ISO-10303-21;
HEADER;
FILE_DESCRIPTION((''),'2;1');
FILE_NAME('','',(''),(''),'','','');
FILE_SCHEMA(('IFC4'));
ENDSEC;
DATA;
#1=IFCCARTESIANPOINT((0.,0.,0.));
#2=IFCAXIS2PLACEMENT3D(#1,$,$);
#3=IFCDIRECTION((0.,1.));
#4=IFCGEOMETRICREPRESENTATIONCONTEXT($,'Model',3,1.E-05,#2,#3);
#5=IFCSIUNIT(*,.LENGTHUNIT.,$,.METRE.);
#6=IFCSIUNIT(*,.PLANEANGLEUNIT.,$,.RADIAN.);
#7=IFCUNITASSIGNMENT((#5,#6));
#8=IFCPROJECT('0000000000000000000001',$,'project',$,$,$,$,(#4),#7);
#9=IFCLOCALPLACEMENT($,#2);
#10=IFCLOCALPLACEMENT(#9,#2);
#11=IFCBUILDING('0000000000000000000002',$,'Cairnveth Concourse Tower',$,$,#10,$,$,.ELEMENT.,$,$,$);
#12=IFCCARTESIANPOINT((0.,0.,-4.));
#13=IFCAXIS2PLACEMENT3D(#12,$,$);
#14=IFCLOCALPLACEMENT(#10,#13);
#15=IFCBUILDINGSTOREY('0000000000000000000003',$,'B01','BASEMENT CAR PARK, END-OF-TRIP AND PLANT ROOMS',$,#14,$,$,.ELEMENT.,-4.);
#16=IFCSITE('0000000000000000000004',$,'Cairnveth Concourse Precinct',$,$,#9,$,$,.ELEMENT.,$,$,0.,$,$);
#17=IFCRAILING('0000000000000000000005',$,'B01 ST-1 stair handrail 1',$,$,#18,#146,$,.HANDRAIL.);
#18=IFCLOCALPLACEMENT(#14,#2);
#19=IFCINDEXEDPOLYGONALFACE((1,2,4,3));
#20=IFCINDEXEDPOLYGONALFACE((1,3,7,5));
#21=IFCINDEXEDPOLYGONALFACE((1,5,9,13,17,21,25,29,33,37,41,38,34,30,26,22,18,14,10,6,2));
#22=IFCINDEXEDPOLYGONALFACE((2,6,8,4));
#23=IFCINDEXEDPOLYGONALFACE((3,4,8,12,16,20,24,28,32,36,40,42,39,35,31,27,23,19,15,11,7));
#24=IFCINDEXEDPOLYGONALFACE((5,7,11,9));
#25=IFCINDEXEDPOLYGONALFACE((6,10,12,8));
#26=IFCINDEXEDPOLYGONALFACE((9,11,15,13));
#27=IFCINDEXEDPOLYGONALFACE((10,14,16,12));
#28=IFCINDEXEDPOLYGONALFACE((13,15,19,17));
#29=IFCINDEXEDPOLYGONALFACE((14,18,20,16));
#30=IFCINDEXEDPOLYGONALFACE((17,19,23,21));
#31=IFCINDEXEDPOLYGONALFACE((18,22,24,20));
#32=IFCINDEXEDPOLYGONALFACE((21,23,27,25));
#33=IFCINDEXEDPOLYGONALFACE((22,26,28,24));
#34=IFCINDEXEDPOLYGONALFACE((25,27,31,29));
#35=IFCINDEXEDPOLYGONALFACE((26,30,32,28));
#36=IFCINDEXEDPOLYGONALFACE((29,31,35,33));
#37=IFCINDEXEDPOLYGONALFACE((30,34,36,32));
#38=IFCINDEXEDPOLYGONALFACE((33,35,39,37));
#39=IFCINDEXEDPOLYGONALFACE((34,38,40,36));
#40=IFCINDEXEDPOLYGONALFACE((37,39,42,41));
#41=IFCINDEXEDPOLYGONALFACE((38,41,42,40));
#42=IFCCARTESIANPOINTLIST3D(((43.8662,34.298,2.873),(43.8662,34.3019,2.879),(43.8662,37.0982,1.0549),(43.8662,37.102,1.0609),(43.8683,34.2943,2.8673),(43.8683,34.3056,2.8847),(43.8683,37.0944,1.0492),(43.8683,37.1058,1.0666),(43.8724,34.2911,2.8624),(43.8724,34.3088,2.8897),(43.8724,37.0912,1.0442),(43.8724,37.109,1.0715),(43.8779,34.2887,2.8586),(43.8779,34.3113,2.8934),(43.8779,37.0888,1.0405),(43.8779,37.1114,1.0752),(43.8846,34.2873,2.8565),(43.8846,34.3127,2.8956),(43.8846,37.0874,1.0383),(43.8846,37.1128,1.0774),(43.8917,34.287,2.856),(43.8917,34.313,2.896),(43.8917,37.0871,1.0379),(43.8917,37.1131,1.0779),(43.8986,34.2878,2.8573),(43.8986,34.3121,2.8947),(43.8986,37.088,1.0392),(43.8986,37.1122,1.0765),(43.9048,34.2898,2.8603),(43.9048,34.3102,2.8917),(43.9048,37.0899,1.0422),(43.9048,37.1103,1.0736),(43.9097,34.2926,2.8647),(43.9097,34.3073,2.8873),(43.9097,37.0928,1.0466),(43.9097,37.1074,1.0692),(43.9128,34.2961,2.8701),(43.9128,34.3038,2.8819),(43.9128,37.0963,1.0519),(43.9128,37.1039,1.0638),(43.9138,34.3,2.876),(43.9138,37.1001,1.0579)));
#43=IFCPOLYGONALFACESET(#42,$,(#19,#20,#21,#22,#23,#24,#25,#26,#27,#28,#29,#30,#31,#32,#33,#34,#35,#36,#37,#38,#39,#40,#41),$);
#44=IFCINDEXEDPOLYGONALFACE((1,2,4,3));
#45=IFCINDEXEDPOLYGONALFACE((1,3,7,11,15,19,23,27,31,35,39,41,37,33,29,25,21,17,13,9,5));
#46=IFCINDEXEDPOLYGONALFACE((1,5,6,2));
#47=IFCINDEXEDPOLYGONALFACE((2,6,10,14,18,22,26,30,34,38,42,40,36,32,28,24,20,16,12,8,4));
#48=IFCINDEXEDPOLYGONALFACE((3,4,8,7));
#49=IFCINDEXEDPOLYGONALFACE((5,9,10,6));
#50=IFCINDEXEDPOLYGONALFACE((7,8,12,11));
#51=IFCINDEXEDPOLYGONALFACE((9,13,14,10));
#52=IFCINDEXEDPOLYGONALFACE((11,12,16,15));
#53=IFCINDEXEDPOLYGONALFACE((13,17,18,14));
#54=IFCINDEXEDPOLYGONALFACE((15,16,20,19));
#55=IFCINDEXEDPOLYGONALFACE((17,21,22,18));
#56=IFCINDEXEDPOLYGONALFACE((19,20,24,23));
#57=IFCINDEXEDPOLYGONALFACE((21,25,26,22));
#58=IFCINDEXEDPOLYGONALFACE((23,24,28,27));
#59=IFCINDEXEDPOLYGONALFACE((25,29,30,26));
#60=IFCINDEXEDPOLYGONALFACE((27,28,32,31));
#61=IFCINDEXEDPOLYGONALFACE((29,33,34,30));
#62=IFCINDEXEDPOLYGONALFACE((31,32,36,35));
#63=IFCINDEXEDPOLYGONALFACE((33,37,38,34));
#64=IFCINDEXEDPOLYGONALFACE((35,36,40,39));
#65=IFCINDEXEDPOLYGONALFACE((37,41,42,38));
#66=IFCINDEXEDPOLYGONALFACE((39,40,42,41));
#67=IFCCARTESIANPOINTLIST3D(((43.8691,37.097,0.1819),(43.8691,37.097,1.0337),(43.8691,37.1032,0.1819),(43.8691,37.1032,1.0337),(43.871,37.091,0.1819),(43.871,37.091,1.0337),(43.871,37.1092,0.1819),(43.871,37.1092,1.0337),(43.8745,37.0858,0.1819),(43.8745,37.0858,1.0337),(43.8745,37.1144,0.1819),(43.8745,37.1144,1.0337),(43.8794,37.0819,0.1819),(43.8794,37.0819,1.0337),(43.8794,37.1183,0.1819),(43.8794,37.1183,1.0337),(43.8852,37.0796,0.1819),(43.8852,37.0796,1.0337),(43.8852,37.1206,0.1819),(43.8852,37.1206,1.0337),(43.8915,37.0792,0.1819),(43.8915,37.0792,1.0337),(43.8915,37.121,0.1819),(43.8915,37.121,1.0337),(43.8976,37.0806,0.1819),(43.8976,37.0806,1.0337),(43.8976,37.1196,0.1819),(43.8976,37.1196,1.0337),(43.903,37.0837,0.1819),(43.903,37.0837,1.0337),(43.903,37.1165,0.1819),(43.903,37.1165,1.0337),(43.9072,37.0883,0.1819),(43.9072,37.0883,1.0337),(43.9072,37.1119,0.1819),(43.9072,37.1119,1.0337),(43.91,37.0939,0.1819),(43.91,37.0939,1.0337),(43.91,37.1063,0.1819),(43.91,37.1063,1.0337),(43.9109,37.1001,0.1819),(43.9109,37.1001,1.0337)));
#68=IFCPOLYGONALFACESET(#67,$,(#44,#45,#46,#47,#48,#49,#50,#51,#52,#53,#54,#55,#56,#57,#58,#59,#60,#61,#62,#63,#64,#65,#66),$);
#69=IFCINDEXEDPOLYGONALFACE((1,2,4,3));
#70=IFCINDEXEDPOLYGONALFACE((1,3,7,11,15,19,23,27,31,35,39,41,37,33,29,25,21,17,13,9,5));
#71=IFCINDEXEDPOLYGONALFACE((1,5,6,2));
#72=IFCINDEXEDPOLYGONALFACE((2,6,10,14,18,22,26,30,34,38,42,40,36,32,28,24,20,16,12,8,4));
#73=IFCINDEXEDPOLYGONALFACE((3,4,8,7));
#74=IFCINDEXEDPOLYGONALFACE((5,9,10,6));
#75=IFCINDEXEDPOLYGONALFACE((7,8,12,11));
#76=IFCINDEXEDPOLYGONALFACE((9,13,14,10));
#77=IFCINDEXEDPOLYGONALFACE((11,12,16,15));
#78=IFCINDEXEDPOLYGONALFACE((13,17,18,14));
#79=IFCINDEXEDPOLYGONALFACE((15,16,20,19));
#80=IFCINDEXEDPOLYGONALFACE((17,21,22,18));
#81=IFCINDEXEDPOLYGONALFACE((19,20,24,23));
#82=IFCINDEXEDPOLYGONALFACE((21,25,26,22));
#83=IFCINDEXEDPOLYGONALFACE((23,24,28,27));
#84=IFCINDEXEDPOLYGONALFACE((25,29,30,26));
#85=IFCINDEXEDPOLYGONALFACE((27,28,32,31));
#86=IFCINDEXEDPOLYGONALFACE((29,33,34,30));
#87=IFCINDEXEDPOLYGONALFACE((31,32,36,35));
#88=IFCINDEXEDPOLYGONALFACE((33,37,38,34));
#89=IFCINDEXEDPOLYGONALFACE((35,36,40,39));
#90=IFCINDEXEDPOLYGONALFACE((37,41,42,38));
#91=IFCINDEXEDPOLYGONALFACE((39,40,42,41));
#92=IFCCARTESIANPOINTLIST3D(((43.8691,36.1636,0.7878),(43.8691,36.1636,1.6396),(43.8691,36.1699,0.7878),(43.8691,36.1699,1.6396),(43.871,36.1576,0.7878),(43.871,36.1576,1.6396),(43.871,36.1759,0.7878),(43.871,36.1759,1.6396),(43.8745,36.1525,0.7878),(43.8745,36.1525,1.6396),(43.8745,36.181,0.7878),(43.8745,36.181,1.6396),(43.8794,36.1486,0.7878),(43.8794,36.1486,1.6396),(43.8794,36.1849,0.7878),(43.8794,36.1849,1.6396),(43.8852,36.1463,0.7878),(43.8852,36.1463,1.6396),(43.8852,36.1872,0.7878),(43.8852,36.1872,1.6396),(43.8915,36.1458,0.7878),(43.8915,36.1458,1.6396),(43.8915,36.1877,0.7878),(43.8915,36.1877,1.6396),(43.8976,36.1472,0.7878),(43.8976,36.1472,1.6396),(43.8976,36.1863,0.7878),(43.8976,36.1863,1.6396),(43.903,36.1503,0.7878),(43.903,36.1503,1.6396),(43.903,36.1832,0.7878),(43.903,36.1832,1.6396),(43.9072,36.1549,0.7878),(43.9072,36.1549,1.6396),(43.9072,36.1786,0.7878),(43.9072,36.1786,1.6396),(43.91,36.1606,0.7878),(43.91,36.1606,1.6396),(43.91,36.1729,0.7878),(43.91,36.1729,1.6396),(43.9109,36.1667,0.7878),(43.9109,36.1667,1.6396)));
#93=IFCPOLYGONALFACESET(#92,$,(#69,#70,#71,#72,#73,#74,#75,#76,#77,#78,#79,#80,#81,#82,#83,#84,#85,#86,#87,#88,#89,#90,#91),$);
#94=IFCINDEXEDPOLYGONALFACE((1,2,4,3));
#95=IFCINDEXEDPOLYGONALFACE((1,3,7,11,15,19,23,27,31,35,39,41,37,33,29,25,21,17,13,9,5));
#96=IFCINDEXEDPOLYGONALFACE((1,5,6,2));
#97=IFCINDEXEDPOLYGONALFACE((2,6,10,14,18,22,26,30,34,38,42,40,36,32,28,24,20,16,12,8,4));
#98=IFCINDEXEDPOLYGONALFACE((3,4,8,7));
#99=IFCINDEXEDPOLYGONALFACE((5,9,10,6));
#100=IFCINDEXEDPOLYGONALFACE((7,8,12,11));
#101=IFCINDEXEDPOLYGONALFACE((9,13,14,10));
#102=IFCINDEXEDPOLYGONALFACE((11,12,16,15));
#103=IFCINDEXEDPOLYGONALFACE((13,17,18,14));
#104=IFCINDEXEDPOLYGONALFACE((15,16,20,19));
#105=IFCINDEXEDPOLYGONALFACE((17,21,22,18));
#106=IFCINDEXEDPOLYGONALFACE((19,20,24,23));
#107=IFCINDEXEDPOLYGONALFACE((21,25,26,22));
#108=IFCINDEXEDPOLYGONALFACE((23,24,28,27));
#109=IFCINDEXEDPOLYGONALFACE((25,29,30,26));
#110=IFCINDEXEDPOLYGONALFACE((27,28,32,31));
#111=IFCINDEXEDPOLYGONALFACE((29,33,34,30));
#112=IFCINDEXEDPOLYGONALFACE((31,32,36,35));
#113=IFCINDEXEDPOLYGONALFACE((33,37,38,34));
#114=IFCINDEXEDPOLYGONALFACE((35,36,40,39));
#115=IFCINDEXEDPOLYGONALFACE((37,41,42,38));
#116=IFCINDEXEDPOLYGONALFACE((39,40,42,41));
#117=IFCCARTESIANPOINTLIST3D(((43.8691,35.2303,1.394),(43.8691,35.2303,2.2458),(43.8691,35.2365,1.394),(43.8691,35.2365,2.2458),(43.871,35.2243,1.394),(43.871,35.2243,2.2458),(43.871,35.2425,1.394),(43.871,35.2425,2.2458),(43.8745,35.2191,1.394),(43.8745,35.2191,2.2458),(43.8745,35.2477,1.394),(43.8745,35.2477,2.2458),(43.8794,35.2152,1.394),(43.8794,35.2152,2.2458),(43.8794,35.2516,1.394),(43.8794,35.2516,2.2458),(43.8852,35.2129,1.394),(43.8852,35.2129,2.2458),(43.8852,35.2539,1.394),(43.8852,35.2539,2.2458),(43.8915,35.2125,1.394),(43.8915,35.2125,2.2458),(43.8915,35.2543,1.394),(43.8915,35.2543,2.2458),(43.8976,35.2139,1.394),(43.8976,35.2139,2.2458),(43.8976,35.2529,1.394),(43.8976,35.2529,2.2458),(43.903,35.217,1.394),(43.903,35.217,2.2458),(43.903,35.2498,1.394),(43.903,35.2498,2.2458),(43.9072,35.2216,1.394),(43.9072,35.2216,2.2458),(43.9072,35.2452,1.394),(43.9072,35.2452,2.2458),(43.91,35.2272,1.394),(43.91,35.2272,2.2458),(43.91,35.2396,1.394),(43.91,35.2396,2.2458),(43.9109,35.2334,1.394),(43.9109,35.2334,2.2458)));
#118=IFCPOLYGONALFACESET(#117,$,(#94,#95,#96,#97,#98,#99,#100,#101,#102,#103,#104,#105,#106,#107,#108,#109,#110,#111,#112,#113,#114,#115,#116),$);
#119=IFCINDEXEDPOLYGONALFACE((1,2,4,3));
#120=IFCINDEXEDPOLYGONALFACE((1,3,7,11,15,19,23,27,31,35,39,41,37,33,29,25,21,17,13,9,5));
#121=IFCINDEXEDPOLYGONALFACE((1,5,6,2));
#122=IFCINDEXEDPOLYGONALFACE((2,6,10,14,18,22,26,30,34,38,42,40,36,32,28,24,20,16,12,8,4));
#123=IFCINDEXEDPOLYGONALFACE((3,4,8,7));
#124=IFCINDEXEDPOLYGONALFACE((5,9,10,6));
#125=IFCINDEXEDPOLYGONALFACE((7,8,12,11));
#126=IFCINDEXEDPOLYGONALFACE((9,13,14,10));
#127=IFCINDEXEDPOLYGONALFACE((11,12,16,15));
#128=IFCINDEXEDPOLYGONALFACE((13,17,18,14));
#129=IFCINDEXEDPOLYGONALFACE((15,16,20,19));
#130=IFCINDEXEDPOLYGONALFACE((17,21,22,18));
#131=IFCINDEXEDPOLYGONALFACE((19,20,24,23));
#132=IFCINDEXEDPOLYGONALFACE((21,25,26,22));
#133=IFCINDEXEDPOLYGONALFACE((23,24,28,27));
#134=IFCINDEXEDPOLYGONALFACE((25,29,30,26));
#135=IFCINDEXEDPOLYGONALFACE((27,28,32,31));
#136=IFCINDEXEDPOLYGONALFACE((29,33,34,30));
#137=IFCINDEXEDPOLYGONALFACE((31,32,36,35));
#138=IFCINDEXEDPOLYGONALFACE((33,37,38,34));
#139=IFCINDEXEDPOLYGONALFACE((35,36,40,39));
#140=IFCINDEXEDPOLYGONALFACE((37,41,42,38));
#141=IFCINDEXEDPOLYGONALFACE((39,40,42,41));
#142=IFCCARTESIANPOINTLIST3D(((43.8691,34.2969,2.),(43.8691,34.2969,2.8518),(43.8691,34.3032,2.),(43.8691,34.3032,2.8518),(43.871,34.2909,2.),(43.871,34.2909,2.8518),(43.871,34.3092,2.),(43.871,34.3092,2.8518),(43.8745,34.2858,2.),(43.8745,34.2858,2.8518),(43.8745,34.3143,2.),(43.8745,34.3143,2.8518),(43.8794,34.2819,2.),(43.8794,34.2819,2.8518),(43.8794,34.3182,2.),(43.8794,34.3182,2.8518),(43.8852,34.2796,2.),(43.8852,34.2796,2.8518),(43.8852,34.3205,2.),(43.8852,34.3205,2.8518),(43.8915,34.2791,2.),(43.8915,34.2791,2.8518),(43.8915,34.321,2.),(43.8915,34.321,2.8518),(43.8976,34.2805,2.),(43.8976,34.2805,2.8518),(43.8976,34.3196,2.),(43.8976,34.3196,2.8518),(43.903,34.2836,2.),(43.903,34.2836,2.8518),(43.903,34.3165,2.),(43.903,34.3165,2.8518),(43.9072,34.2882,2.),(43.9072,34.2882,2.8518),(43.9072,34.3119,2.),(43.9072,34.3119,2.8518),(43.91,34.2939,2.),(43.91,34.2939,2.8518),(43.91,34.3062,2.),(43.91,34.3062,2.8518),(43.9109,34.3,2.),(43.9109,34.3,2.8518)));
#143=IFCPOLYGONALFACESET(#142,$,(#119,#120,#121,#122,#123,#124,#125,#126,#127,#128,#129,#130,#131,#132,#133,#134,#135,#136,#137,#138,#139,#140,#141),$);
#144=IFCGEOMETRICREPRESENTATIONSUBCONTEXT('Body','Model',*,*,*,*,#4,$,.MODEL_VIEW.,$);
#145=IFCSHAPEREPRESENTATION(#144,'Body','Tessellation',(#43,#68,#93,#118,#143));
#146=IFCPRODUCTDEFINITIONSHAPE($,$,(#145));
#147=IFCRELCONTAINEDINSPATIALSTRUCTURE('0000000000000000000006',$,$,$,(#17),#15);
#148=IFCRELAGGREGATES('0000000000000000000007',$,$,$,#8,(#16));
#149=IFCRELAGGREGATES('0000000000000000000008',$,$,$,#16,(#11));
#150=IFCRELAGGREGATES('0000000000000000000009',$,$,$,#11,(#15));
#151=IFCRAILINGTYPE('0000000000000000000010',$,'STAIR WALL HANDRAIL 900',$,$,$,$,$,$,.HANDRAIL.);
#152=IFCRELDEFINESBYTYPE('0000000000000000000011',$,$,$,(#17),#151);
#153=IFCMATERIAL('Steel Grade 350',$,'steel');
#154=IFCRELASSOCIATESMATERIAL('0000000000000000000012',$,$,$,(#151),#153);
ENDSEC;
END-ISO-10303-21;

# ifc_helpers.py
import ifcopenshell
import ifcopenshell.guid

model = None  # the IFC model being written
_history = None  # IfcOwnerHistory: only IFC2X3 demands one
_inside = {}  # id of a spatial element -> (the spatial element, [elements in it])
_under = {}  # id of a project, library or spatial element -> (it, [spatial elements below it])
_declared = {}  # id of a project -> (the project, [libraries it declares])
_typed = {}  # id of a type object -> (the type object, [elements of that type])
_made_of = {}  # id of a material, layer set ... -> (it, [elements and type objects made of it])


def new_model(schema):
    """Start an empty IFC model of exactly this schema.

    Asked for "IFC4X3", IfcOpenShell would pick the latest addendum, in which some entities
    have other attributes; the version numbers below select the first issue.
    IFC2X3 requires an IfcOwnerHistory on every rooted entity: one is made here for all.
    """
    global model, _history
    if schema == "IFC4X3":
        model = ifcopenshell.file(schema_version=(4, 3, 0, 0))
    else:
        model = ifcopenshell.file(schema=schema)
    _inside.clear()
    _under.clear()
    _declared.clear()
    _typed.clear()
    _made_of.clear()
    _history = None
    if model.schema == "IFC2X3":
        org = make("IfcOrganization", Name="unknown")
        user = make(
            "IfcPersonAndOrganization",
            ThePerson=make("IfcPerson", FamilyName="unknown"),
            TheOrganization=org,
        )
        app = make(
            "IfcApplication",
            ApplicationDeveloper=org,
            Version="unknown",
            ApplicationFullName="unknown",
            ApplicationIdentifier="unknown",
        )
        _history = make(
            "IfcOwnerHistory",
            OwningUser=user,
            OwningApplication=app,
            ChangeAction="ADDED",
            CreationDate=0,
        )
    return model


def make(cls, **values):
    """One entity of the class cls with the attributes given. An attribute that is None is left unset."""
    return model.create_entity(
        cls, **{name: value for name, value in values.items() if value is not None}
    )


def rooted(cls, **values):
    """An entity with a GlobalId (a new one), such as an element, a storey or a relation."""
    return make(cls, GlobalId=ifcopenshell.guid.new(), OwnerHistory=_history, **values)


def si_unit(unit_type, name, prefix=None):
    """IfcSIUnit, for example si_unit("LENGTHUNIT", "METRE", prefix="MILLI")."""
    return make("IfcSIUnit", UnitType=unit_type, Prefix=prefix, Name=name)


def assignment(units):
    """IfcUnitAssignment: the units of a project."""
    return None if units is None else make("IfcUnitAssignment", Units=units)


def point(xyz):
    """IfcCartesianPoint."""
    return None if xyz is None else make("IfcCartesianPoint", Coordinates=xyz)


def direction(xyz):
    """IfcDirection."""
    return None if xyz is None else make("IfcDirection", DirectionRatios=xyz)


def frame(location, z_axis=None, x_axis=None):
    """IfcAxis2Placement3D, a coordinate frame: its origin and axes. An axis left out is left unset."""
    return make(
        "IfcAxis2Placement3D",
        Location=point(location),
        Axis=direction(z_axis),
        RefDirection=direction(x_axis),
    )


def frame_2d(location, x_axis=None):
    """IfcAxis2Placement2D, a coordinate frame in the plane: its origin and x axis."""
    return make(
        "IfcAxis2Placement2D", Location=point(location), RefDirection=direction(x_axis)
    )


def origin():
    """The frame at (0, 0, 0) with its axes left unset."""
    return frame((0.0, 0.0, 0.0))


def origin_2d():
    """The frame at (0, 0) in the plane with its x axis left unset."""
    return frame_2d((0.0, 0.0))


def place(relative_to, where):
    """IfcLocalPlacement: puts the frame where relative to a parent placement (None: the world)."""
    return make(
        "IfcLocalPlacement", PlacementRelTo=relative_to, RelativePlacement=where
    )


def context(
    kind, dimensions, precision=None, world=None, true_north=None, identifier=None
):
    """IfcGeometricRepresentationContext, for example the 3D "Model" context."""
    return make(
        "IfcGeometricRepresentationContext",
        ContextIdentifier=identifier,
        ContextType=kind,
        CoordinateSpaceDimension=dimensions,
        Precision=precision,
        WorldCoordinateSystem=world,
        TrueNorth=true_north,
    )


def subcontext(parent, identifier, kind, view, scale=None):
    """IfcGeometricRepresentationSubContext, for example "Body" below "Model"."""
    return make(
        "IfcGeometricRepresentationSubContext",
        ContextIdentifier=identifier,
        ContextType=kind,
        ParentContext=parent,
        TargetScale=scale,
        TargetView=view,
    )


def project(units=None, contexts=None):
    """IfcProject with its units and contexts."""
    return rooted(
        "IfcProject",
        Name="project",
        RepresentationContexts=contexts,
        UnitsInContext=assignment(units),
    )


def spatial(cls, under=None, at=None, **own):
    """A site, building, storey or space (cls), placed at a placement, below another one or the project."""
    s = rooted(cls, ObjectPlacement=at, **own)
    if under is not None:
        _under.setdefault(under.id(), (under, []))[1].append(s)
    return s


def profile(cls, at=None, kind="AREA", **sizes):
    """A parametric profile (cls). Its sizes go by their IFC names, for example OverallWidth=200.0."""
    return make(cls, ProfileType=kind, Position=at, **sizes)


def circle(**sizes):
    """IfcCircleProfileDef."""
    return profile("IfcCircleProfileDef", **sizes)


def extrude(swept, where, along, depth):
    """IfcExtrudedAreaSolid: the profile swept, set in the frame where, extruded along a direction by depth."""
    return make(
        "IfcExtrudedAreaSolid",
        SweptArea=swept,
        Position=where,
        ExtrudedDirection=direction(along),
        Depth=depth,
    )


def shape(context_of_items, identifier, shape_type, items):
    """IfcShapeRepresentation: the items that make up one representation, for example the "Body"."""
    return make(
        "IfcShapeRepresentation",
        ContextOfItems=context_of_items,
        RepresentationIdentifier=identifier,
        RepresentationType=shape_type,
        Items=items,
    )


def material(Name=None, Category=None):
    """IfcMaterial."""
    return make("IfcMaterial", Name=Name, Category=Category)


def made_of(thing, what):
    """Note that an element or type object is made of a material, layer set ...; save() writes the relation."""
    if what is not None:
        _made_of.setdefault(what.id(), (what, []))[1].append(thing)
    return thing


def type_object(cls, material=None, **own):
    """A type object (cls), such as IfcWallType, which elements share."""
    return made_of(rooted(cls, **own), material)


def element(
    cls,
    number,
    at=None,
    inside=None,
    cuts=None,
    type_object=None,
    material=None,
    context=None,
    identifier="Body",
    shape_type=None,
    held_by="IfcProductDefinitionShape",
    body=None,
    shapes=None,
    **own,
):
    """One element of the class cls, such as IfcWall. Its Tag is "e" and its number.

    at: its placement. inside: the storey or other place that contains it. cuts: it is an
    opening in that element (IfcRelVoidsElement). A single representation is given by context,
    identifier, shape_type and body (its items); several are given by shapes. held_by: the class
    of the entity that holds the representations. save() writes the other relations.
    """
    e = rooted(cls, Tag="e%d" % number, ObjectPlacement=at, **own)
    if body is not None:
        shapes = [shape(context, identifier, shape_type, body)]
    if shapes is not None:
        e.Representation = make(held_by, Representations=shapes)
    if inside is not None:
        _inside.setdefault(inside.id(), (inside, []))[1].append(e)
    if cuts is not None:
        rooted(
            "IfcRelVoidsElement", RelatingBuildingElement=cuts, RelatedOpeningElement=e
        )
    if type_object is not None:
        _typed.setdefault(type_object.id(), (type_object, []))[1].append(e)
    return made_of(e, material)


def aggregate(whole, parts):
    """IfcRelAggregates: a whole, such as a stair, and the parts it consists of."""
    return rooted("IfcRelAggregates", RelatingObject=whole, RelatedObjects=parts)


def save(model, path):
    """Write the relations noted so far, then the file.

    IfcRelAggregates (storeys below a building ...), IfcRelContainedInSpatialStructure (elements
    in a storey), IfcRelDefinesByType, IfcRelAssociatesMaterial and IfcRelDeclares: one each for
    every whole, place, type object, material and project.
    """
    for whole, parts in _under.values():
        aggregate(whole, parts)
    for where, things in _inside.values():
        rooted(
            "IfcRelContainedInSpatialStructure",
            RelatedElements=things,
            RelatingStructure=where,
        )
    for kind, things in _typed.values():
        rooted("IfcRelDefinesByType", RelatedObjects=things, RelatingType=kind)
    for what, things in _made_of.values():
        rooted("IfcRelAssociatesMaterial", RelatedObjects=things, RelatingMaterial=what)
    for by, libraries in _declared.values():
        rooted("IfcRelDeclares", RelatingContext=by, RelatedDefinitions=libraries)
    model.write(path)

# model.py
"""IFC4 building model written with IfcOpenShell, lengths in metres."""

from ifc_helpers import new_model, si_unit, direction, frame, origin, origin_2d, place, context, subcontext, project, spatial, circle, extrude, material, type_object, element, save


model = new_model("IFC4")

# Units and contexts
model_context = context("Model", 3, precision=1e-05, world=origin(), true_north=direction((0.0, 1.0)))
body_context = subcontext(model_context, "Body", "Model", "MODEL_VIEW")
ifc_project = project(units=[si_unit("LENGTHUNIT", "METRE"), si_unit("PLANEANGLEUNIT", "RADIAN")], contexts=[model_context])

# Site, building, storey
site_placement = place(None, origin())
site = spatial("IfcSite", under=ifc_project, at=site_placement, Name="Cairnveth Concourse Precinct", CompositionType="ELEMENT", RefElevation=0.0)
building_placement = place(site_placement, origin())
building = spatial("IfcBuilding", under=site, at=building_placement, Name="Cairnveth Concourse Tower", CompositionType="ELEMENT")
storey_placement = place(building_placement, frame((0.0, 0.0, -4.0)))
storey = spatial("IfcBuildingStorey", under=building, at=storey_placement, Name="B01", Description="BASEMENT CAR PARK, END-OF-TRIP AND PLANT ROOMS", CompositionType="ELEMENT", Elevation=-4.0)

# Shared definitions
ifc_material_1 = material(Name="Steel Grade 350", Category="steel")

# Railing
railing_type_1 = type_object("IfcRailingType", Name="STAIR WALL HANDRAIL 900", PredefinedType="HANDRAIL", material=ifc_material_1)
railing_1_placement = place(storey_placement, frame((43.8899, 37.1001, 0.1819)))
element("IfcRailing", 1, at=railing_1_placement, inside=storey, type_object=railing_type_1, Name="B01 ST-1 stair handrail 1", PredefinedType="HANDRAIL", context=body_context, shape_type="SweptSolid", body=[
    extrude(circle(Radius=0.0239, at=origin_2d()), frame((0.0, 0.0, 0.876), z_axis=(0.0, -0.838706, 0.544585), x_axis=(1.0, 0.0, 0.0)), (0.0, 0.0, 1.0), 3.3386),
    extrude(circle(Radius=0.021, at=origin_2d()), origin(), (0.0, 0.0, 1.0), 0.8518),
    extrude(circle(Radius=0.021, at=origin_2d()), frame((0.0, -0.9333, 0.606)), (0.0, 0.0, 1.0), 0.8518),
    extrude(circle(Radius=0.021, at=origin_2d()), frame((0.0, -1.8667, 1.2122)), (0.0, 0.0, 1.0), 0.8518),
    extrude(circle(Radius=0.021, at=origin_2d()), frame((0.0, -2.8, 1.8181)), (0.0, 0.0, 1.0), 0.8518),
])

save(model, "model.ifc")
